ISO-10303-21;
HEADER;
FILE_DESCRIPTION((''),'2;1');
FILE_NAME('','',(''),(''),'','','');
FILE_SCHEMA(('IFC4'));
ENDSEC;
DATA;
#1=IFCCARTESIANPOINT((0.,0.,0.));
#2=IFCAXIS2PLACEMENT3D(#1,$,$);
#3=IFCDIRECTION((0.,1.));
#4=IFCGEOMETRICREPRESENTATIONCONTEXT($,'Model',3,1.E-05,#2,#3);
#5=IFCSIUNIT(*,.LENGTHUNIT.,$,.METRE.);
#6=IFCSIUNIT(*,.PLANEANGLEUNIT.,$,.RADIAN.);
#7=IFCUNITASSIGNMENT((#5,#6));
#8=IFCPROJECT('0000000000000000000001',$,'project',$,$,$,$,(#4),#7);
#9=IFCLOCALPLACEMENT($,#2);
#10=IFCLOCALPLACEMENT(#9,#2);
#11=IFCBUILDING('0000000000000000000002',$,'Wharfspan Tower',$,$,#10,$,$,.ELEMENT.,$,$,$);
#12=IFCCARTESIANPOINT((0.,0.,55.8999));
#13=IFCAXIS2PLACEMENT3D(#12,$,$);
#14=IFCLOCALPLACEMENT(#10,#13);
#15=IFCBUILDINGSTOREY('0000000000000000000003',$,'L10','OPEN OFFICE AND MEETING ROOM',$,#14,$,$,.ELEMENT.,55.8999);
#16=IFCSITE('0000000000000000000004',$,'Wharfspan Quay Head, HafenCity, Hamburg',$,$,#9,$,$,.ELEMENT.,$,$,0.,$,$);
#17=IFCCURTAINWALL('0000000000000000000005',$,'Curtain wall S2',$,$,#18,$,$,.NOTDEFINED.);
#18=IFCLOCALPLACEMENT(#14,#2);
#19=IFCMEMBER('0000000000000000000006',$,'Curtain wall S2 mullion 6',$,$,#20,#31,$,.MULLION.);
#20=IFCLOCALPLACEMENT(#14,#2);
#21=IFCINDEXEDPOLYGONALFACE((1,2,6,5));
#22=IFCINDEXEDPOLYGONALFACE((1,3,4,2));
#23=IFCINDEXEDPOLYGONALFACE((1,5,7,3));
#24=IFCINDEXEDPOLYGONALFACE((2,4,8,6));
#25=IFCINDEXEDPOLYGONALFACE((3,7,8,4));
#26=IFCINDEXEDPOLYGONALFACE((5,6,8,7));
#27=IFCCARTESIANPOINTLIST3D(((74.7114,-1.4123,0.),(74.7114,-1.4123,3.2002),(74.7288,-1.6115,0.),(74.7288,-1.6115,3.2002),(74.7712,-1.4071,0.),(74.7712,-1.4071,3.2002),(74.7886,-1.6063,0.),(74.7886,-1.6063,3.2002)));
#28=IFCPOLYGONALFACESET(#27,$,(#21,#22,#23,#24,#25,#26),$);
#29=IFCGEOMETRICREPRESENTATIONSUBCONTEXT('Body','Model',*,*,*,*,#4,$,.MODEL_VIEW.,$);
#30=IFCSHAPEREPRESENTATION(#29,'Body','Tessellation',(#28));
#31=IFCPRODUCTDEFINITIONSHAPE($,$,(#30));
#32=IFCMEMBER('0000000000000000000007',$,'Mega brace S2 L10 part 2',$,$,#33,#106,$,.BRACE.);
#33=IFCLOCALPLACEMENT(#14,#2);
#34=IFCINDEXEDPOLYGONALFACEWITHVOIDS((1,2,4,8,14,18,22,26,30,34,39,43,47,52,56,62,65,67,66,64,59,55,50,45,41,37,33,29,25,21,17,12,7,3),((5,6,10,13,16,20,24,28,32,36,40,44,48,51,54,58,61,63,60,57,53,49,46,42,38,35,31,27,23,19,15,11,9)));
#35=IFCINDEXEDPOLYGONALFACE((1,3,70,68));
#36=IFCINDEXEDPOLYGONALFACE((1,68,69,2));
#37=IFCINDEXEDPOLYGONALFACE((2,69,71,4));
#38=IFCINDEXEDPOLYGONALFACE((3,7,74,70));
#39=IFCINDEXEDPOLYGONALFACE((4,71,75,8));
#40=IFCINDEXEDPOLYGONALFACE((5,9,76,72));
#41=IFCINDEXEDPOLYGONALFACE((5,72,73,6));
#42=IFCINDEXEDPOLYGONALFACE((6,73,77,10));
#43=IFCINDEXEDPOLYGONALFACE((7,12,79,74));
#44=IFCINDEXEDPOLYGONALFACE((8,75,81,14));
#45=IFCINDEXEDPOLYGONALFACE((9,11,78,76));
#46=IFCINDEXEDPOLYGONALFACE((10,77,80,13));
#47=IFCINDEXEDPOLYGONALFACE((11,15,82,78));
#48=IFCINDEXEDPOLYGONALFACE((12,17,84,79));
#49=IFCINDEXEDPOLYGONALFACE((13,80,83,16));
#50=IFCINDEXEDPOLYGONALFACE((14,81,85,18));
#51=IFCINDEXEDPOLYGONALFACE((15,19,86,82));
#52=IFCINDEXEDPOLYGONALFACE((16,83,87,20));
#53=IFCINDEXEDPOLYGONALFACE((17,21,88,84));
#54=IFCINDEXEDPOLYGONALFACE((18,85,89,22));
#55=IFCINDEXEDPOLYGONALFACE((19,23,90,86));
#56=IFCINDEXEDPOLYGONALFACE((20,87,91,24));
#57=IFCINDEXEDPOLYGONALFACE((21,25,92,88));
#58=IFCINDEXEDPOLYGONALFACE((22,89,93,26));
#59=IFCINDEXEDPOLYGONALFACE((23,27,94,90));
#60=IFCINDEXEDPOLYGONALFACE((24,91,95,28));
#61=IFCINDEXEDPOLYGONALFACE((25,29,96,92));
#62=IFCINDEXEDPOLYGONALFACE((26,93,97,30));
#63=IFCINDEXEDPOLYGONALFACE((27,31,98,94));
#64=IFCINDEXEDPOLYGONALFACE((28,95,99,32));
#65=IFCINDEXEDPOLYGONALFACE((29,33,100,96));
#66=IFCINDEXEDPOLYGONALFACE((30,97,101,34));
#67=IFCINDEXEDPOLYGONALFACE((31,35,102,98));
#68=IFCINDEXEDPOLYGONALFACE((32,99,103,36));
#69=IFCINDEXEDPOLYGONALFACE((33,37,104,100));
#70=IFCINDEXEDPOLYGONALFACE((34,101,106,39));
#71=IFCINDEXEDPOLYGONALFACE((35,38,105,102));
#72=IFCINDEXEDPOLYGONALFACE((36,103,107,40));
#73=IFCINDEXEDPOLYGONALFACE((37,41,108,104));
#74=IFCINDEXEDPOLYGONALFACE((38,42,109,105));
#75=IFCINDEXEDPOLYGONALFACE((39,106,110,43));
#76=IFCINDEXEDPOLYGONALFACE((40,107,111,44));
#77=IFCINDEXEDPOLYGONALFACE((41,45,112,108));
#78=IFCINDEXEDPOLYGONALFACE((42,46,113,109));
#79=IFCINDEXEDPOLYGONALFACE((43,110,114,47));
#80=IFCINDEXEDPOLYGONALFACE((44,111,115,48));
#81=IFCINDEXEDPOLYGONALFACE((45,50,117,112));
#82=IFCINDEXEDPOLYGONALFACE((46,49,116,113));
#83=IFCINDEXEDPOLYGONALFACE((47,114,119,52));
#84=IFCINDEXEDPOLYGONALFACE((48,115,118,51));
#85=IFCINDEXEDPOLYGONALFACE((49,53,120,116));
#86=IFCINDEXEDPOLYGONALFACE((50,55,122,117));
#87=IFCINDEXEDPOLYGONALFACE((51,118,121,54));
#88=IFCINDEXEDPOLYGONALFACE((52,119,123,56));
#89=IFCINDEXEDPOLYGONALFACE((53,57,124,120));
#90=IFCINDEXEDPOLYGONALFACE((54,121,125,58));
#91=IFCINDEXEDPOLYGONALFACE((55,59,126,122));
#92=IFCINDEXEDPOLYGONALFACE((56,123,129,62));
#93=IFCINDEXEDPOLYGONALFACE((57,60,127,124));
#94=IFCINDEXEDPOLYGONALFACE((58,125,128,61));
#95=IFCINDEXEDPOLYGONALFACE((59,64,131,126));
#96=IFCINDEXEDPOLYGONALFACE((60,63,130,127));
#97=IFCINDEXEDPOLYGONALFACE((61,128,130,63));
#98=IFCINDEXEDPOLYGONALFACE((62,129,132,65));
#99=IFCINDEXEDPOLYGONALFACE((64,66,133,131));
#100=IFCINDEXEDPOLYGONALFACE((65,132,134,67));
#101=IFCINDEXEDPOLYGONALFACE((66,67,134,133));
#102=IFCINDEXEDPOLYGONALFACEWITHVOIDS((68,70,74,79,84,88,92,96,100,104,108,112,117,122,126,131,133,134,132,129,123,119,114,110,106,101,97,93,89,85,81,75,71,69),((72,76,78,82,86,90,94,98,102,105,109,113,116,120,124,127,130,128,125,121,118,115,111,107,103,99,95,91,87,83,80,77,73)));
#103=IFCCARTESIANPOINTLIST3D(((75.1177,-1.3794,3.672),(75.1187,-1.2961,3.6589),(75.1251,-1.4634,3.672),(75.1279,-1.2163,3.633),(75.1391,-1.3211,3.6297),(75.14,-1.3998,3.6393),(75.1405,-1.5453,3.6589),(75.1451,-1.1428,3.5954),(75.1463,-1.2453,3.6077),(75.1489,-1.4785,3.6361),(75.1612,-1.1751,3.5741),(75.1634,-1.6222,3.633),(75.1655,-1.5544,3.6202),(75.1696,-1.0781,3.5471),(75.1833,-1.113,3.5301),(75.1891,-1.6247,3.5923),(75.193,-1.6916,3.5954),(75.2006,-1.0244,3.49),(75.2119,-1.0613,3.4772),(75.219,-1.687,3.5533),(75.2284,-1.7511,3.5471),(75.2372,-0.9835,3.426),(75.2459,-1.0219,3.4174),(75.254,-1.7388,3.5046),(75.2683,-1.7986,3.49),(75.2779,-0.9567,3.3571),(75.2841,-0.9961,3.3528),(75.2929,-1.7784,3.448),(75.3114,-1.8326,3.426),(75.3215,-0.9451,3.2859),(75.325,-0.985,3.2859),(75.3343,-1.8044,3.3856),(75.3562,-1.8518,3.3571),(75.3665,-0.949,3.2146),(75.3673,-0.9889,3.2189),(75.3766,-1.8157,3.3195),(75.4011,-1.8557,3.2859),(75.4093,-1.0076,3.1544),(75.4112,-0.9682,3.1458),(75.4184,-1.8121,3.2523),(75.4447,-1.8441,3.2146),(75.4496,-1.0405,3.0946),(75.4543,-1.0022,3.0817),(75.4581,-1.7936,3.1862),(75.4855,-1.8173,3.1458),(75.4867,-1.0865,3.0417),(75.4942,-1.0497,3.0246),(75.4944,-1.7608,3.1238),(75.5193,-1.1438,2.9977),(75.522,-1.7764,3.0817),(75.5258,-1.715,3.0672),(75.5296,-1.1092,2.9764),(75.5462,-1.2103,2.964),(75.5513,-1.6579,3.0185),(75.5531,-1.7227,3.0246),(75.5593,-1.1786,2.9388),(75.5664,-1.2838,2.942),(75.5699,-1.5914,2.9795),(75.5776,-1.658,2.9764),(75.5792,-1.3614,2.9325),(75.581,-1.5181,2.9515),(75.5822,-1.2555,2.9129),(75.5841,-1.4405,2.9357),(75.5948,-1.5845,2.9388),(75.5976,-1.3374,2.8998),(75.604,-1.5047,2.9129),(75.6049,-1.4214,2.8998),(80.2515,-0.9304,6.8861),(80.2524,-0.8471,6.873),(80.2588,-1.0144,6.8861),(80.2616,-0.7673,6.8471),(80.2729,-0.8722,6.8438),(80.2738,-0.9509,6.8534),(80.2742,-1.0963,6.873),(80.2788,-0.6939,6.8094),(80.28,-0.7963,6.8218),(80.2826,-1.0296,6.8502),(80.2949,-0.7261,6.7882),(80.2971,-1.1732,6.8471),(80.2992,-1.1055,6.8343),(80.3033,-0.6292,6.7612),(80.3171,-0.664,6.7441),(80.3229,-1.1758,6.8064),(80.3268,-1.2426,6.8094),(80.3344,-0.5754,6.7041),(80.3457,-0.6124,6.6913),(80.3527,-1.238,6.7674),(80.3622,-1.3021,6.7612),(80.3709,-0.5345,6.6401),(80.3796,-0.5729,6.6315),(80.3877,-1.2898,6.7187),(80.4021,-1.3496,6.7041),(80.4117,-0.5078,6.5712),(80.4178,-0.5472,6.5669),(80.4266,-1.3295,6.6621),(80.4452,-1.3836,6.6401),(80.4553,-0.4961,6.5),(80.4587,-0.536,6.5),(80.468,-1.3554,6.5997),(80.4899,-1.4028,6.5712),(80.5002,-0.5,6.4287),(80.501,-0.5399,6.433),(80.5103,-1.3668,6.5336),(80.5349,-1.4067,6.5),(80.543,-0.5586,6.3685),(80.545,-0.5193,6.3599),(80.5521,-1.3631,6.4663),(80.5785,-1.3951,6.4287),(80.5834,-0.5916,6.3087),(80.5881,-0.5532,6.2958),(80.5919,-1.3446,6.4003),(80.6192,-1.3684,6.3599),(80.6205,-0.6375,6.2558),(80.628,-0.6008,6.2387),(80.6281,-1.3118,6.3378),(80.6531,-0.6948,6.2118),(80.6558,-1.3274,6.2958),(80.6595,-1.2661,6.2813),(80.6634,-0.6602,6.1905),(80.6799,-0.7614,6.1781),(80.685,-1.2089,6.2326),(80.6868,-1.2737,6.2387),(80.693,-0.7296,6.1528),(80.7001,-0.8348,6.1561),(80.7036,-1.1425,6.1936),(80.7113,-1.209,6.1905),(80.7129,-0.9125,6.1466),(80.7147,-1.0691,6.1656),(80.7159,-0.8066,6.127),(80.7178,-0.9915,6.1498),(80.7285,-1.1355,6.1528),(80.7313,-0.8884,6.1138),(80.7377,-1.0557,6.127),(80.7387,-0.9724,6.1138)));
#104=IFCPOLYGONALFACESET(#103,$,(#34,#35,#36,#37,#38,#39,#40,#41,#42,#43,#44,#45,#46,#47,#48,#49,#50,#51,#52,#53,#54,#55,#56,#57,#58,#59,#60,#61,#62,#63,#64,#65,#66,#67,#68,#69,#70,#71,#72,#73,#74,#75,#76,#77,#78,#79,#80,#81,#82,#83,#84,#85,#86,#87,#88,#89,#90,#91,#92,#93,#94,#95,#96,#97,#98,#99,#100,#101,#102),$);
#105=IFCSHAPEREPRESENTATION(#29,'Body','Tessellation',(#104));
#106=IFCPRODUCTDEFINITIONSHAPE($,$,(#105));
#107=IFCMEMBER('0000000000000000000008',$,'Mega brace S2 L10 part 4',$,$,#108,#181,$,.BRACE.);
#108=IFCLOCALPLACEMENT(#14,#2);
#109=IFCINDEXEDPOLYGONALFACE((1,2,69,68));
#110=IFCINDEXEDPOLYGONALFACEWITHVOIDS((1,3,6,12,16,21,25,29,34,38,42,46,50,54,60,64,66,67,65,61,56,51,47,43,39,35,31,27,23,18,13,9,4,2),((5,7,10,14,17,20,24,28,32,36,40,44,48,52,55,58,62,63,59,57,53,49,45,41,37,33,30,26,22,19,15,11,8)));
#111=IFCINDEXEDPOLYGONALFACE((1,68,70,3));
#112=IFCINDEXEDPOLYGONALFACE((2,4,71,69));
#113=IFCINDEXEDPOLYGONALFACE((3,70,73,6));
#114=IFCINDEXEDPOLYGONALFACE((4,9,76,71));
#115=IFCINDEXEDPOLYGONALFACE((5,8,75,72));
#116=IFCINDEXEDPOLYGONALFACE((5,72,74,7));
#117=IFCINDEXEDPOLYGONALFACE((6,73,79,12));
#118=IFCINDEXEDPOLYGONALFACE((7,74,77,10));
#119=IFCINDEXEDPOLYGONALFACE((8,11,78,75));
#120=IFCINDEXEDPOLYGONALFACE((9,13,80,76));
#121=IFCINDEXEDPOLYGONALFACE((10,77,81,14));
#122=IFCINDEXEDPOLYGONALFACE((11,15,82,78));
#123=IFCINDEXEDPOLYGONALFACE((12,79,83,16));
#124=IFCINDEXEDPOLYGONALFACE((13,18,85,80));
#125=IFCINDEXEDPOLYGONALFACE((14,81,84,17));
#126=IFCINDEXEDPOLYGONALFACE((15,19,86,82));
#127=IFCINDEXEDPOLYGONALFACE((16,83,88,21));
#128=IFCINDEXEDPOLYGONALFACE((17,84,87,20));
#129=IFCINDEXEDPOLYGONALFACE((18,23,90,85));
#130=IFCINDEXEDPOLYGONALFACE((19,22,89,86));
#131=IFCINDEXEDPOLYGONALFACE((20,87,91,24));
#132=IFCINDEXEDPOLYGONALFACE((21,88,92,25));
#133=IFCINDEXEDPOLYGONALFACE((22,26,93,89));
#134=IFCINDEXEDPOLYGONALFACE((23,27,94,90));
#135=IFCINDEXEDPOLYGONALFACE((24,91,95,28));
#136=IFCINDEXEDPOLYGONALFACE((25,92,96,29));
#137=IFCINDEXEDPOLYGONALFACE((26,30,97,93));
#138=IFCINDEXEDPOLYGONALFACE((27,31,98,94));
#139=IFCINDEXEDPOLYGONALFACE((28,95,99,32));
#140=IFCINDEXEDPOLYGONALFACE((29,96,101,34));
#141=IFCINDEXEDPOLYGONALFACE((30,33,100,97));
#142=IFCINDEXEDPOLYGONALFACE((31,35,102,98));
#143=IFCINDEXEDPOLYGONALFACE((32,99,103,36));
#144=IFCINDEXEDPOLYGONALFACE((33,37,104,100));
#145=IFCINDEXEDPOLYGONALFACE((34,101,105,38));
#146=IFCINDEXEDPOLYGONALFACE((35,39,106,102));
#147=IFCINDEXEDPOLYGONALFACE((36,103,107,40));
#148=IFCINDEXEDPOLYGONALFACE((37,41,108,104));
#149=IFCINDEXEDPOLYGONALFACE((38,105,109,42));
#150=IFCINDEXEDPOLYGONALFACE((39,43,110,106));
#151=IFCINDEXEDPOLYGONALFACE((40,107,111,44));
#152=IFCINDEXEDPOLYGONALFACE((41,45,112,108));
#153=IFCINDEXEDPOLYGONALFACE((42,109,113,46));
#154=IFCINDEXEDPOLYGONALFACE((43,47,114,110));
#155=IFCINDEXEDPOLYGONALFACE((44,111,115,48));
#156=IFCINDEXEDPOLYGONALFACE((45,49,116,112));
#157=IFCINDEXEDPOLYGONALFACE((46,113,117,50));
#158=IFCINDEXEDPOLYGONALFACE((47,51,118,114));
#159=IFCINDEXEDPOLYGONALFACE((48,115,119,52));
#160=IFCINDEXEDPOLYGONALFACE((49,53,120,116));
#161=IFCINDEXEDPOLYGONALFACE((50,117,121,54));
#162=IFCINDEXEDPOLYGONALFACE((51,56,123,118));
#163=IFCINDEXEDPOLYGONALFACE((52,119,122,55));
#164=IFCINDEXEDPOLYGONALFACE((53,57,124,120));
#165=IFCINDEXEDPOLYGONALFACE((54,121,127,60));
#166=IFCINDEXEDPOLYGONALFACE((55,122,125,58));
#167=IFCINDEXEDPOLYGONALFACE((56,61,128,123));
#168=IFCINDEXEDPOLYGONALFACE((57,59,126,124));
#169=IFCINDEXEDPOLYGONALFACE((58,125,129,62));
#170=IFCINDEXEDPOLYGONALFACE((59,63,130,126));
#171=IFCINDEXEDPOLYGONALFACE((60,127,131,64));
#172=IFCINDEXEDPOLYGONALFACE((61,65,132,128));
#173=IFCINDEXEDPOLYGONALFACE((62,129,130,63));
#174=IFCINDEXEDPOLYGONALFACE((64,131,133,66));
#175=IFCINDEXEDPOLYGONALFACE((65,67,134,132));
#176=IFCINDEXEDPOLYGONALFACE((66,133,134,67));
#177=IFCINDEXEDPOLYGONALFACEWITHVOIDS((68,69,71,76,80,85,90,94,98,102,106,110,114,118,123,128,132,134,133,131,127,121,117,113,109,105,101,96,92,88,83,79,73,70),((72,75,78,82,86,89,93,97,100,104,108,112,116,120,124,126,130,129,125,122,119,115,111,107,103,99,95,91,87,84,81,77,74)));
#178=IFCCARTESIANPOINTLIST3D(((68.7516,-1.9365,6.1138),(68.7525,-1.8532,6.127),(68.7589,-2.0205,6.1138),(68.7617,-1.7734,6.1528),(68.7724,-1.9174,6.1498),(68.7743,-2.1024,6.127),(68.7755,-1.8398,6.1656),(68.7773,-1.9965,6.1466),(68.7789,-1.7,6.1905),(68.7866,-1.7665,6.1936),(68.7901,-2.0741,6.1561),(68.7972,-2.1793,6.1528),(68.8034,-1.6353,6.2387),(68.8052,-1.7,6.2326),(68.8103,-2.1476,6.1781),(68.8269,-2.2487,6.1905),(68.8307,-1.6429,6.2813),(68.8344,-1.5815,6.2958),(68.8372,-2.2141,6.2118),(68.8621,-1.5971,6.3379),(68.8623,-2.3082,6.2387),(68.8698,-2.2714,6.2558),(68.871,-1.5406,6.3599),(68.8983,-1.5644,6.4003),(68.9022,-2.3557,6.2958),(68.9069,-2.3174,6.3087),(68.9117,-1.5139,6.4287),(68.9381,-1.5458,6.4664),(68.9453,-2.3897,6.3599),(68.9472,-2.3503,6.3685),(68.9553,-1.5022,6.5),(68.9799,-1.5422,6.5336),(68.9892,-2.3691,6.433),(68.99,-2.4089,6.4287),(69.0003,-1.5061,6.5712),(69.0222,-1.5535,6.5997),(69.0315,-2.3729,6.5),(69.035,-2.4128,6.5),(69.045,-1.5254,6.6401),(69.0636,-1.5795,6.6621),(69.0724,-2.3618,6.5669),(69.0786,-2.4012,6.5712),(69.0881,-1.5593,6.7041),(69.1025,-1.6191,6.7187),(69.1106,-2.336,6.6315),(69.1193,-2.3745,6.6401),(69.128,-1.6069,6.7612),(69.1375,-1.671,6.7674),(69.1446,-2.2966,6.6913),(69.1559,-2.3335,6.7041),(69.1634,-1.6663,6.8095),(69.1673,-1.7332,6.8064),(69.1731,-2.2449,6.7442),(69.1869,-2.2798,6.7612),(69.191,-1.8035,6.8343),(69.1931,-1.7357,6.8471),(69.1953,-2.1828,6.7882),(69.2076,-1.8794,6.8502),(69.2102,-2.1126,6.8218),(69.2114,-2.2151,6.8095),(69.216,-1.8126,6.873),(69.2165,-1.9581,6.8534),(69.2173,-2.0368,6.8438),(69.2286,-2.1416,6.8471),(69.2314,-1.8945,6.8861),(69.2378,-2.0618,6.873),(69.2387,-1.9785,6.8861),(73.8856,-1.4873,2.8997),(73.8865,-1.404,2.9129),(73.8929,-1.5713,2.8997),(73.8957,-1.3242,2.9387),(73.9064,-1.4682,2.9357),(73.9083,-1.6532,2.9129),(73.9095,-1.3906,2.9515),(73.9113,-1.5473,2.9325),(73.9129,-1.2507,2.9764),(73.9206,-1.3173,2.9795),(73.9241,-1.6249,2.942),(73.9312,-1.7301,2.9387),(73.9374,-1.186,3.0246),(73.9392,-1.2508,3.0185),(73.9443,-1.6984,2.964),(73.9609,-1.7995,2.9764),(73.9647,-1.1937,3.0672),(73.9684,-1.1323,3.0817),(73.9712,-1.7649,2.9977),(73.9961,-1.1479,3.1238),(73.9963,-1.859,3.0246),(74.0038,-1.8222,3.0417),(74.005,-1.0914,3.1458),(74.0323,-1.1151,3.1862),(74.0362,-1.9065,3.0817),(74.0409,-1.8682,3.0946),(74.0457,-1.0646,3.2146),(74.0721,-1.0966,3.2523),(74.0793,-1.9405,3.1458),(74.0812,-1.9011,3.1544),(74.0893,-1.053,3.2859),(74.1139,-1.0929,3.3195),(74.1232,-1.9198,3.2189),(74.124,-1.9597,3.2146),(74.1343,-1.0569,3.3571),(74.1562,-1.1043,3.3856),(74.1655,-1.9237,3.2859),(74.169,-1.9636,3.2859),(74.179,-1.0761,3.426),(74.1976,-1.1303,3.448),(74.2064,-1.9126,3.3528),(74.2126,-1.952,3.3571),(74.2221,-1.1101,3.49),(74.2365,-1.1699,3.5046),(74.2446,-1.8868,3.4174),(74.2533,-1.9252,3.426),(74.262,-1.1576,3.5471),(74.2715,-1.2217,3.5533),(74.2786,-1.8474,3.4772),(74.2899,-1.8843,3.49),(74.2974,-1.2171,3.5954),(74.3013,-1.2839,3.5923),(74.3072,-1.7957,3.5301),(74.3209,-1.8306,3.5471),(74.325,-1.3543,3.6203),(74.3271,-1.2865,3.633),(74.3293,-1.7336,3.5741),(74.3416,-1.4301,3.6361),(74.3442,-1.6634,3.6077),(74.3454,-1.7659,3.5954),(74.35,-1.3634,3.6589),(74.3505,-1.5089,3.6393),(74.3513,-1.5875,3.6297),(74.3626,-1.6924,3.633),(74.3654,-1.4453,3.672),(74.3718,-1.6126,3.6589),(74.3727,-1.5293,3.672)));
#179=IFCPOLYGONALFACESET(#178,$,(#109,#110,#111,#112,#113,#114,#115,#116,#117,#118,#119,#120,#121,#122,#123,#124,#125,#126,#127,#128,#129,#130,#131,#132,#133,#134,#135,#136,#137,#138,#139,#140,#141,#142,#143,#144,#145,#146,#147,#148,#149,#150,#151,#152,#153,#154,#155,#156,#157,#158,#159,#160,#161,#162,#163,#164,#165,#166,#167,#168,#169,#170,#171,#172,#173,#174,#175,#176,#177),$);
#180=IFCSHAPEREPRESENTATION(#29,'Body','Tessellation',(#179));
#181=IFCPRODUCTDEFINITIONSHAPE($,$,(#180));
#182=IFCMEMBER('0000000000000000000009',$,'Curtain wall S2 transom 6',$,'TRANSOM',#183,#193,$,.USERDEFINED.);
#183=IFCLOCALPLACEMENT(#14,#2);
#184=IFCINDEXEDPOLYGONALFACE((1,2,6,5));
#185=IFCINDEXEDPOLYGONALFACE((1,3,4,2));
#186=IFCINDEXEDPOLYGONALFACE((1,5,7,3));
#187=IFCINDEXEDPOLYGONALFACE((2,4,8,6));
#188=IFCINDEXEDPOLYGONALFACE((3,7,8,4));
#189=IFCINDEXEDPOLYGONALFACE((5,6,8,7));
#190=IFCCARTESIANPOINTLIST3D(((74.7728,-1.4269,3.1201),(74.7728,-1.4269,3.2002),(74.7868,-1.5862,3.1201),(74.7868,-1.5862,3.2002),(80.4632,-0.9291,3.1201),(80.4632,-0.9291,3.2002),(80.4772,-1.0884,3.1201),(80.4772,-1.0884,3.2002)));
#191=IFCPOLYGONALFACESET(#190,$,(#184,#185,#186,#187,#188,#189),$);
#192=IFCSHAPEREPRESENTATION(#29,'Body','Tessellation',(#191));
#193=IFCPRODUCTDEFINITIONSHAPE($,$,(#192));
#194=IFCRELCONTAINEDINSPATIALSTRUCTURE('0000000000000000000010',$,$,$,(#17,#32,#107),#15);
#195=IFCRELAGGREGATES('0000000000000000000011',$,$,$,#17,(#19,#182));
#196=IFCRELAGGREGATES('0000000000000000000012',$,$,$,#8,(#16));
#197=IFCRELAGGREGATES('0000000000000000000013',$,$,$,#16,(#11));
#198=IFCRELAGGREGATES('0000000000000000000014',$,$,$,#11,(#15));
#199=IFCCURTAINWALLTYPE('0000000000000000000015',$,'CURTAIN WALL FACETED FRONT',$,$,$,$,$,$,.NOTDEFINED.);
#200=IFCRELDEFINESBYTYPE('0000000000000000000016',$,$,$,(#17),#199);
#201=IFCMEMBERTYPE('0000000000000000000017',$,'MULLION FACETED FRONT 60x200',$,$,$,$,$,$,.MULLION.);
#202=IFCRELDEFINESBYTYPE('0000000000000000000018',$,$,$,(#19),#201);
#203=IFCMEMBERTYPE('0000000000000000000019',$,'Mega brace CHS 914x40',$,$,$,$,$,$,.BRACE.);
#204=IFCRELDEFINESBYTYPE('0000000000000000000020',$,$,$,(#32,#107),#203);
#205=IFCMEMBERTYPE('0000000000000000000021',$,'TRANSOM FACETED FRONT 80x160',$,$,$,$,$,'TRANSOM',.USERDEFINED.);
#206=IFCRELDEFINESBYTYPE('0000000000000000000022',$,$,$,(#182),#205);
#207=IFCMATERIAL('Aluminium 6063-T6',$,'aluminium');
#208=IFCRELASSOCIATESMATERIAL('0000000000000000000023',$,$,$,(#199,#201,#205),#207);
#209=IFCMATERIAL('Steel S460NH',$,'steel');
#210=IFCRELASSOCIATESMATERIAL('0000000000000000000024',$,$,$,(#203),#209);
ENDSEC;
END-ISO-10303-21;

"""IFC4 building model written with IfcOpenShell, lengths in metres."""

from ifc_helpers import new_model, si_unit, direction, frame, origin, origin_2d, place, context, subcontext, project, spatial, rectangle, hollow_circle, extrude, material, material_profile, profile_set, type_object, element, aggregate, save


model = new_model("IFC4")

# Units and contexts
model_context = context("Model", 3, precision=1e-05, world=origin(), true_north=direction((0.0, 1.0)))
body_context = subcontext(model_context, "Body", "Model", "MODEL_VIEW")
ifc_project = project(units=[si_unit("LENGTHUNIT", "METRE"), si_unit("PLANEANGLEUNIT", "RADIAN")], contexts=[model_context])

# Site, building, storey
site_placement = place(None, origin())
site = spatial("IfcSite", under=ifc_project, at=site_placement, Name="Wharfspan Quay Head, HafenCity, Hamburg", CompositionType="ELEMENT", RefElevation=0.0)
building_placement = place(site_placement, origin())
building = spatial("IfcBuilding", under=site, at=building_placement, Name="Wharfspan Tower", CompositionType="ELEMENT")
storey_placement = place(building_placement, frame((0.0, 0.0, 55.8999)))
storey = spatial("IfcBuildingStorey", under=building, at=storey_placement, Name="L10", Description="OPEN OFFICE AND MEETING ROOM", CompositionType="ELEMENT", Elevation=55.8999)

# Curtain wall, member
ifc_material_1 = material(Name="Aluminium 6063-T6", Category="aluminium")
curtain_wall_type = type_object("IfcCurtainWallType", Name="CURTAIN WALL FACETED FRONT", PredefinedType="NOTDEFINED", material=ifc_material_1)
curtain_wall_placement = place(storey_placement, origin())
curtain_wall = element("IfcCurtainWall", 1, at=curtain_wall_placement, inside=storey, type_object=curtain_wall_type, Name="Curtain wall S2", PredefinedType="NOTDEFINED")
ifc_material_profile_1 = material_profile(ifc_material_1, rectangle(XDim=0.2, YDim=0.0601, at=origin_2d()))
ifc_profile_set_1 = profile_set([ifc_material_profile_1], Name="Aluminium 6063-T6")
member_type_1 = type_object("IfcMemberType", Name="MULLION FACETED FRONT 60x200", PredefinedType="MULLION", material=ifc_profile_set_1)
member_1_placement = place(storey_placement, frame((74.75, -1.5093, 0.0), z_axis=(0.0, 0.0, 1.0), x_axis=(-0.087156, 0.996197, 0.0)))
member_1 = element("IfcMember", 2, at=member_1_placement, type_object=member_type_1, Name="Curtain wall S2 mullion 6", PredefinedType="MULLION", context=body_context, shape_type="SweptSolid", body=[
    extrude(rectangle(XDim=0.2, YDim=0.0601, at=origin_2d()), origin(), (0.0, 0.0, 1.0), 3.2002),
])

# Members
ifc_material_2 = material(Name="Steel S460NH", Category="steel")
ifc_material_profile_2 = material_profile(ifc_material_2, hollow_circle(Radius=0.457, WallThickness=0.04, at=origin_2d()))
ifc_profile_set_2 = profile_set([ifc_material_profile_2], Name="Steel S460NH")
member_type_2 = type_object("IfcMemberType", Name="Mega brace CHS 914x40", PredefinedType="BRACE", material=ifc_profile_set_2)
member_2_placement = place(storey_placement, frame((75.3613, -1.4004, 3.2859), z_axis=(0.845271, 0.073923, 0.529199), x_axis=(-0.087123, 0.996199, 0.000001)))
element("IfcMember", 3, at=member_2_placement, inside=storey, type_object=member_type_2, Name="Mega brace S2 L10 part 2", PredefinedType="BRACE", context=body_context, shape_type="SweptSolid", body=[
    extrude(hollow_circle(Radius=0.457, WallThickness=0.04, at=origin_2d()), origin(), (0.0, 0.0, 1.0), 6.0735),
])
member_3_placement = place(storey_placement, frame((74.1291, -1.5083, 3.2859), z_axis=(-0.84528, -0.073961, 0.52918), x_axis=(0.087165, -0.996192, -0.000001)))
element("IfcMember", 4, at=member_3_placement, inside=storey, type_object=member_type_2, Name="Mega brace S2 L10 part 4", PredefinedType="BRACE", context=body_context, shape_type="SweptSolid", body=[
    extrude(hollow_circle(Radius=0.457, WallThickness=0.04, at=origin_2d()), origin(), (0.0, 0.0, 1.0), 6.0737),
])

# Member
ifc_material_profile_3 = material_profile(ifc_material_1, rectangle(XDim=0.1599, YDim=0.0801, at=origin_2d()))
ifc_profile_set_3 = profile_set([ifc_material_profile_3], Name="Aluminium 6063-T6")
member_type_3 = type_object("IfcMemberType", Name="TRANSOM FACETED FRONT 80x160", ElementType="TRANSOM", PredefinedType="USERDEFINED", material=ifc_profile_set_3)
member_4_placement = place(storey_placement, frame((74.7798, -1.5066, 3.1602), z_axis=(0.996195, 0.087148, 0.0), x_axis=(-0.087148, 0.996195, 0.0)))
member_4 = element("IfcMember", 5, at=member_4_placement, type_object=member_type_3, Name="Curtain wall S2 transom 6", ObjectType="TRANSOM", PredefinedType="USERDEFINED", context=body_context, shape_type="SweptSolid", body=[
    extrude(rectangle(XDim=0.1599, YDim=0.0801, at=origin_2d()), origin(), (0.0, 0.0, 1.0), 5.7122),
])

aggregate(curtain_wall, [member_1, member_4])

save(model, "model.ifc")
